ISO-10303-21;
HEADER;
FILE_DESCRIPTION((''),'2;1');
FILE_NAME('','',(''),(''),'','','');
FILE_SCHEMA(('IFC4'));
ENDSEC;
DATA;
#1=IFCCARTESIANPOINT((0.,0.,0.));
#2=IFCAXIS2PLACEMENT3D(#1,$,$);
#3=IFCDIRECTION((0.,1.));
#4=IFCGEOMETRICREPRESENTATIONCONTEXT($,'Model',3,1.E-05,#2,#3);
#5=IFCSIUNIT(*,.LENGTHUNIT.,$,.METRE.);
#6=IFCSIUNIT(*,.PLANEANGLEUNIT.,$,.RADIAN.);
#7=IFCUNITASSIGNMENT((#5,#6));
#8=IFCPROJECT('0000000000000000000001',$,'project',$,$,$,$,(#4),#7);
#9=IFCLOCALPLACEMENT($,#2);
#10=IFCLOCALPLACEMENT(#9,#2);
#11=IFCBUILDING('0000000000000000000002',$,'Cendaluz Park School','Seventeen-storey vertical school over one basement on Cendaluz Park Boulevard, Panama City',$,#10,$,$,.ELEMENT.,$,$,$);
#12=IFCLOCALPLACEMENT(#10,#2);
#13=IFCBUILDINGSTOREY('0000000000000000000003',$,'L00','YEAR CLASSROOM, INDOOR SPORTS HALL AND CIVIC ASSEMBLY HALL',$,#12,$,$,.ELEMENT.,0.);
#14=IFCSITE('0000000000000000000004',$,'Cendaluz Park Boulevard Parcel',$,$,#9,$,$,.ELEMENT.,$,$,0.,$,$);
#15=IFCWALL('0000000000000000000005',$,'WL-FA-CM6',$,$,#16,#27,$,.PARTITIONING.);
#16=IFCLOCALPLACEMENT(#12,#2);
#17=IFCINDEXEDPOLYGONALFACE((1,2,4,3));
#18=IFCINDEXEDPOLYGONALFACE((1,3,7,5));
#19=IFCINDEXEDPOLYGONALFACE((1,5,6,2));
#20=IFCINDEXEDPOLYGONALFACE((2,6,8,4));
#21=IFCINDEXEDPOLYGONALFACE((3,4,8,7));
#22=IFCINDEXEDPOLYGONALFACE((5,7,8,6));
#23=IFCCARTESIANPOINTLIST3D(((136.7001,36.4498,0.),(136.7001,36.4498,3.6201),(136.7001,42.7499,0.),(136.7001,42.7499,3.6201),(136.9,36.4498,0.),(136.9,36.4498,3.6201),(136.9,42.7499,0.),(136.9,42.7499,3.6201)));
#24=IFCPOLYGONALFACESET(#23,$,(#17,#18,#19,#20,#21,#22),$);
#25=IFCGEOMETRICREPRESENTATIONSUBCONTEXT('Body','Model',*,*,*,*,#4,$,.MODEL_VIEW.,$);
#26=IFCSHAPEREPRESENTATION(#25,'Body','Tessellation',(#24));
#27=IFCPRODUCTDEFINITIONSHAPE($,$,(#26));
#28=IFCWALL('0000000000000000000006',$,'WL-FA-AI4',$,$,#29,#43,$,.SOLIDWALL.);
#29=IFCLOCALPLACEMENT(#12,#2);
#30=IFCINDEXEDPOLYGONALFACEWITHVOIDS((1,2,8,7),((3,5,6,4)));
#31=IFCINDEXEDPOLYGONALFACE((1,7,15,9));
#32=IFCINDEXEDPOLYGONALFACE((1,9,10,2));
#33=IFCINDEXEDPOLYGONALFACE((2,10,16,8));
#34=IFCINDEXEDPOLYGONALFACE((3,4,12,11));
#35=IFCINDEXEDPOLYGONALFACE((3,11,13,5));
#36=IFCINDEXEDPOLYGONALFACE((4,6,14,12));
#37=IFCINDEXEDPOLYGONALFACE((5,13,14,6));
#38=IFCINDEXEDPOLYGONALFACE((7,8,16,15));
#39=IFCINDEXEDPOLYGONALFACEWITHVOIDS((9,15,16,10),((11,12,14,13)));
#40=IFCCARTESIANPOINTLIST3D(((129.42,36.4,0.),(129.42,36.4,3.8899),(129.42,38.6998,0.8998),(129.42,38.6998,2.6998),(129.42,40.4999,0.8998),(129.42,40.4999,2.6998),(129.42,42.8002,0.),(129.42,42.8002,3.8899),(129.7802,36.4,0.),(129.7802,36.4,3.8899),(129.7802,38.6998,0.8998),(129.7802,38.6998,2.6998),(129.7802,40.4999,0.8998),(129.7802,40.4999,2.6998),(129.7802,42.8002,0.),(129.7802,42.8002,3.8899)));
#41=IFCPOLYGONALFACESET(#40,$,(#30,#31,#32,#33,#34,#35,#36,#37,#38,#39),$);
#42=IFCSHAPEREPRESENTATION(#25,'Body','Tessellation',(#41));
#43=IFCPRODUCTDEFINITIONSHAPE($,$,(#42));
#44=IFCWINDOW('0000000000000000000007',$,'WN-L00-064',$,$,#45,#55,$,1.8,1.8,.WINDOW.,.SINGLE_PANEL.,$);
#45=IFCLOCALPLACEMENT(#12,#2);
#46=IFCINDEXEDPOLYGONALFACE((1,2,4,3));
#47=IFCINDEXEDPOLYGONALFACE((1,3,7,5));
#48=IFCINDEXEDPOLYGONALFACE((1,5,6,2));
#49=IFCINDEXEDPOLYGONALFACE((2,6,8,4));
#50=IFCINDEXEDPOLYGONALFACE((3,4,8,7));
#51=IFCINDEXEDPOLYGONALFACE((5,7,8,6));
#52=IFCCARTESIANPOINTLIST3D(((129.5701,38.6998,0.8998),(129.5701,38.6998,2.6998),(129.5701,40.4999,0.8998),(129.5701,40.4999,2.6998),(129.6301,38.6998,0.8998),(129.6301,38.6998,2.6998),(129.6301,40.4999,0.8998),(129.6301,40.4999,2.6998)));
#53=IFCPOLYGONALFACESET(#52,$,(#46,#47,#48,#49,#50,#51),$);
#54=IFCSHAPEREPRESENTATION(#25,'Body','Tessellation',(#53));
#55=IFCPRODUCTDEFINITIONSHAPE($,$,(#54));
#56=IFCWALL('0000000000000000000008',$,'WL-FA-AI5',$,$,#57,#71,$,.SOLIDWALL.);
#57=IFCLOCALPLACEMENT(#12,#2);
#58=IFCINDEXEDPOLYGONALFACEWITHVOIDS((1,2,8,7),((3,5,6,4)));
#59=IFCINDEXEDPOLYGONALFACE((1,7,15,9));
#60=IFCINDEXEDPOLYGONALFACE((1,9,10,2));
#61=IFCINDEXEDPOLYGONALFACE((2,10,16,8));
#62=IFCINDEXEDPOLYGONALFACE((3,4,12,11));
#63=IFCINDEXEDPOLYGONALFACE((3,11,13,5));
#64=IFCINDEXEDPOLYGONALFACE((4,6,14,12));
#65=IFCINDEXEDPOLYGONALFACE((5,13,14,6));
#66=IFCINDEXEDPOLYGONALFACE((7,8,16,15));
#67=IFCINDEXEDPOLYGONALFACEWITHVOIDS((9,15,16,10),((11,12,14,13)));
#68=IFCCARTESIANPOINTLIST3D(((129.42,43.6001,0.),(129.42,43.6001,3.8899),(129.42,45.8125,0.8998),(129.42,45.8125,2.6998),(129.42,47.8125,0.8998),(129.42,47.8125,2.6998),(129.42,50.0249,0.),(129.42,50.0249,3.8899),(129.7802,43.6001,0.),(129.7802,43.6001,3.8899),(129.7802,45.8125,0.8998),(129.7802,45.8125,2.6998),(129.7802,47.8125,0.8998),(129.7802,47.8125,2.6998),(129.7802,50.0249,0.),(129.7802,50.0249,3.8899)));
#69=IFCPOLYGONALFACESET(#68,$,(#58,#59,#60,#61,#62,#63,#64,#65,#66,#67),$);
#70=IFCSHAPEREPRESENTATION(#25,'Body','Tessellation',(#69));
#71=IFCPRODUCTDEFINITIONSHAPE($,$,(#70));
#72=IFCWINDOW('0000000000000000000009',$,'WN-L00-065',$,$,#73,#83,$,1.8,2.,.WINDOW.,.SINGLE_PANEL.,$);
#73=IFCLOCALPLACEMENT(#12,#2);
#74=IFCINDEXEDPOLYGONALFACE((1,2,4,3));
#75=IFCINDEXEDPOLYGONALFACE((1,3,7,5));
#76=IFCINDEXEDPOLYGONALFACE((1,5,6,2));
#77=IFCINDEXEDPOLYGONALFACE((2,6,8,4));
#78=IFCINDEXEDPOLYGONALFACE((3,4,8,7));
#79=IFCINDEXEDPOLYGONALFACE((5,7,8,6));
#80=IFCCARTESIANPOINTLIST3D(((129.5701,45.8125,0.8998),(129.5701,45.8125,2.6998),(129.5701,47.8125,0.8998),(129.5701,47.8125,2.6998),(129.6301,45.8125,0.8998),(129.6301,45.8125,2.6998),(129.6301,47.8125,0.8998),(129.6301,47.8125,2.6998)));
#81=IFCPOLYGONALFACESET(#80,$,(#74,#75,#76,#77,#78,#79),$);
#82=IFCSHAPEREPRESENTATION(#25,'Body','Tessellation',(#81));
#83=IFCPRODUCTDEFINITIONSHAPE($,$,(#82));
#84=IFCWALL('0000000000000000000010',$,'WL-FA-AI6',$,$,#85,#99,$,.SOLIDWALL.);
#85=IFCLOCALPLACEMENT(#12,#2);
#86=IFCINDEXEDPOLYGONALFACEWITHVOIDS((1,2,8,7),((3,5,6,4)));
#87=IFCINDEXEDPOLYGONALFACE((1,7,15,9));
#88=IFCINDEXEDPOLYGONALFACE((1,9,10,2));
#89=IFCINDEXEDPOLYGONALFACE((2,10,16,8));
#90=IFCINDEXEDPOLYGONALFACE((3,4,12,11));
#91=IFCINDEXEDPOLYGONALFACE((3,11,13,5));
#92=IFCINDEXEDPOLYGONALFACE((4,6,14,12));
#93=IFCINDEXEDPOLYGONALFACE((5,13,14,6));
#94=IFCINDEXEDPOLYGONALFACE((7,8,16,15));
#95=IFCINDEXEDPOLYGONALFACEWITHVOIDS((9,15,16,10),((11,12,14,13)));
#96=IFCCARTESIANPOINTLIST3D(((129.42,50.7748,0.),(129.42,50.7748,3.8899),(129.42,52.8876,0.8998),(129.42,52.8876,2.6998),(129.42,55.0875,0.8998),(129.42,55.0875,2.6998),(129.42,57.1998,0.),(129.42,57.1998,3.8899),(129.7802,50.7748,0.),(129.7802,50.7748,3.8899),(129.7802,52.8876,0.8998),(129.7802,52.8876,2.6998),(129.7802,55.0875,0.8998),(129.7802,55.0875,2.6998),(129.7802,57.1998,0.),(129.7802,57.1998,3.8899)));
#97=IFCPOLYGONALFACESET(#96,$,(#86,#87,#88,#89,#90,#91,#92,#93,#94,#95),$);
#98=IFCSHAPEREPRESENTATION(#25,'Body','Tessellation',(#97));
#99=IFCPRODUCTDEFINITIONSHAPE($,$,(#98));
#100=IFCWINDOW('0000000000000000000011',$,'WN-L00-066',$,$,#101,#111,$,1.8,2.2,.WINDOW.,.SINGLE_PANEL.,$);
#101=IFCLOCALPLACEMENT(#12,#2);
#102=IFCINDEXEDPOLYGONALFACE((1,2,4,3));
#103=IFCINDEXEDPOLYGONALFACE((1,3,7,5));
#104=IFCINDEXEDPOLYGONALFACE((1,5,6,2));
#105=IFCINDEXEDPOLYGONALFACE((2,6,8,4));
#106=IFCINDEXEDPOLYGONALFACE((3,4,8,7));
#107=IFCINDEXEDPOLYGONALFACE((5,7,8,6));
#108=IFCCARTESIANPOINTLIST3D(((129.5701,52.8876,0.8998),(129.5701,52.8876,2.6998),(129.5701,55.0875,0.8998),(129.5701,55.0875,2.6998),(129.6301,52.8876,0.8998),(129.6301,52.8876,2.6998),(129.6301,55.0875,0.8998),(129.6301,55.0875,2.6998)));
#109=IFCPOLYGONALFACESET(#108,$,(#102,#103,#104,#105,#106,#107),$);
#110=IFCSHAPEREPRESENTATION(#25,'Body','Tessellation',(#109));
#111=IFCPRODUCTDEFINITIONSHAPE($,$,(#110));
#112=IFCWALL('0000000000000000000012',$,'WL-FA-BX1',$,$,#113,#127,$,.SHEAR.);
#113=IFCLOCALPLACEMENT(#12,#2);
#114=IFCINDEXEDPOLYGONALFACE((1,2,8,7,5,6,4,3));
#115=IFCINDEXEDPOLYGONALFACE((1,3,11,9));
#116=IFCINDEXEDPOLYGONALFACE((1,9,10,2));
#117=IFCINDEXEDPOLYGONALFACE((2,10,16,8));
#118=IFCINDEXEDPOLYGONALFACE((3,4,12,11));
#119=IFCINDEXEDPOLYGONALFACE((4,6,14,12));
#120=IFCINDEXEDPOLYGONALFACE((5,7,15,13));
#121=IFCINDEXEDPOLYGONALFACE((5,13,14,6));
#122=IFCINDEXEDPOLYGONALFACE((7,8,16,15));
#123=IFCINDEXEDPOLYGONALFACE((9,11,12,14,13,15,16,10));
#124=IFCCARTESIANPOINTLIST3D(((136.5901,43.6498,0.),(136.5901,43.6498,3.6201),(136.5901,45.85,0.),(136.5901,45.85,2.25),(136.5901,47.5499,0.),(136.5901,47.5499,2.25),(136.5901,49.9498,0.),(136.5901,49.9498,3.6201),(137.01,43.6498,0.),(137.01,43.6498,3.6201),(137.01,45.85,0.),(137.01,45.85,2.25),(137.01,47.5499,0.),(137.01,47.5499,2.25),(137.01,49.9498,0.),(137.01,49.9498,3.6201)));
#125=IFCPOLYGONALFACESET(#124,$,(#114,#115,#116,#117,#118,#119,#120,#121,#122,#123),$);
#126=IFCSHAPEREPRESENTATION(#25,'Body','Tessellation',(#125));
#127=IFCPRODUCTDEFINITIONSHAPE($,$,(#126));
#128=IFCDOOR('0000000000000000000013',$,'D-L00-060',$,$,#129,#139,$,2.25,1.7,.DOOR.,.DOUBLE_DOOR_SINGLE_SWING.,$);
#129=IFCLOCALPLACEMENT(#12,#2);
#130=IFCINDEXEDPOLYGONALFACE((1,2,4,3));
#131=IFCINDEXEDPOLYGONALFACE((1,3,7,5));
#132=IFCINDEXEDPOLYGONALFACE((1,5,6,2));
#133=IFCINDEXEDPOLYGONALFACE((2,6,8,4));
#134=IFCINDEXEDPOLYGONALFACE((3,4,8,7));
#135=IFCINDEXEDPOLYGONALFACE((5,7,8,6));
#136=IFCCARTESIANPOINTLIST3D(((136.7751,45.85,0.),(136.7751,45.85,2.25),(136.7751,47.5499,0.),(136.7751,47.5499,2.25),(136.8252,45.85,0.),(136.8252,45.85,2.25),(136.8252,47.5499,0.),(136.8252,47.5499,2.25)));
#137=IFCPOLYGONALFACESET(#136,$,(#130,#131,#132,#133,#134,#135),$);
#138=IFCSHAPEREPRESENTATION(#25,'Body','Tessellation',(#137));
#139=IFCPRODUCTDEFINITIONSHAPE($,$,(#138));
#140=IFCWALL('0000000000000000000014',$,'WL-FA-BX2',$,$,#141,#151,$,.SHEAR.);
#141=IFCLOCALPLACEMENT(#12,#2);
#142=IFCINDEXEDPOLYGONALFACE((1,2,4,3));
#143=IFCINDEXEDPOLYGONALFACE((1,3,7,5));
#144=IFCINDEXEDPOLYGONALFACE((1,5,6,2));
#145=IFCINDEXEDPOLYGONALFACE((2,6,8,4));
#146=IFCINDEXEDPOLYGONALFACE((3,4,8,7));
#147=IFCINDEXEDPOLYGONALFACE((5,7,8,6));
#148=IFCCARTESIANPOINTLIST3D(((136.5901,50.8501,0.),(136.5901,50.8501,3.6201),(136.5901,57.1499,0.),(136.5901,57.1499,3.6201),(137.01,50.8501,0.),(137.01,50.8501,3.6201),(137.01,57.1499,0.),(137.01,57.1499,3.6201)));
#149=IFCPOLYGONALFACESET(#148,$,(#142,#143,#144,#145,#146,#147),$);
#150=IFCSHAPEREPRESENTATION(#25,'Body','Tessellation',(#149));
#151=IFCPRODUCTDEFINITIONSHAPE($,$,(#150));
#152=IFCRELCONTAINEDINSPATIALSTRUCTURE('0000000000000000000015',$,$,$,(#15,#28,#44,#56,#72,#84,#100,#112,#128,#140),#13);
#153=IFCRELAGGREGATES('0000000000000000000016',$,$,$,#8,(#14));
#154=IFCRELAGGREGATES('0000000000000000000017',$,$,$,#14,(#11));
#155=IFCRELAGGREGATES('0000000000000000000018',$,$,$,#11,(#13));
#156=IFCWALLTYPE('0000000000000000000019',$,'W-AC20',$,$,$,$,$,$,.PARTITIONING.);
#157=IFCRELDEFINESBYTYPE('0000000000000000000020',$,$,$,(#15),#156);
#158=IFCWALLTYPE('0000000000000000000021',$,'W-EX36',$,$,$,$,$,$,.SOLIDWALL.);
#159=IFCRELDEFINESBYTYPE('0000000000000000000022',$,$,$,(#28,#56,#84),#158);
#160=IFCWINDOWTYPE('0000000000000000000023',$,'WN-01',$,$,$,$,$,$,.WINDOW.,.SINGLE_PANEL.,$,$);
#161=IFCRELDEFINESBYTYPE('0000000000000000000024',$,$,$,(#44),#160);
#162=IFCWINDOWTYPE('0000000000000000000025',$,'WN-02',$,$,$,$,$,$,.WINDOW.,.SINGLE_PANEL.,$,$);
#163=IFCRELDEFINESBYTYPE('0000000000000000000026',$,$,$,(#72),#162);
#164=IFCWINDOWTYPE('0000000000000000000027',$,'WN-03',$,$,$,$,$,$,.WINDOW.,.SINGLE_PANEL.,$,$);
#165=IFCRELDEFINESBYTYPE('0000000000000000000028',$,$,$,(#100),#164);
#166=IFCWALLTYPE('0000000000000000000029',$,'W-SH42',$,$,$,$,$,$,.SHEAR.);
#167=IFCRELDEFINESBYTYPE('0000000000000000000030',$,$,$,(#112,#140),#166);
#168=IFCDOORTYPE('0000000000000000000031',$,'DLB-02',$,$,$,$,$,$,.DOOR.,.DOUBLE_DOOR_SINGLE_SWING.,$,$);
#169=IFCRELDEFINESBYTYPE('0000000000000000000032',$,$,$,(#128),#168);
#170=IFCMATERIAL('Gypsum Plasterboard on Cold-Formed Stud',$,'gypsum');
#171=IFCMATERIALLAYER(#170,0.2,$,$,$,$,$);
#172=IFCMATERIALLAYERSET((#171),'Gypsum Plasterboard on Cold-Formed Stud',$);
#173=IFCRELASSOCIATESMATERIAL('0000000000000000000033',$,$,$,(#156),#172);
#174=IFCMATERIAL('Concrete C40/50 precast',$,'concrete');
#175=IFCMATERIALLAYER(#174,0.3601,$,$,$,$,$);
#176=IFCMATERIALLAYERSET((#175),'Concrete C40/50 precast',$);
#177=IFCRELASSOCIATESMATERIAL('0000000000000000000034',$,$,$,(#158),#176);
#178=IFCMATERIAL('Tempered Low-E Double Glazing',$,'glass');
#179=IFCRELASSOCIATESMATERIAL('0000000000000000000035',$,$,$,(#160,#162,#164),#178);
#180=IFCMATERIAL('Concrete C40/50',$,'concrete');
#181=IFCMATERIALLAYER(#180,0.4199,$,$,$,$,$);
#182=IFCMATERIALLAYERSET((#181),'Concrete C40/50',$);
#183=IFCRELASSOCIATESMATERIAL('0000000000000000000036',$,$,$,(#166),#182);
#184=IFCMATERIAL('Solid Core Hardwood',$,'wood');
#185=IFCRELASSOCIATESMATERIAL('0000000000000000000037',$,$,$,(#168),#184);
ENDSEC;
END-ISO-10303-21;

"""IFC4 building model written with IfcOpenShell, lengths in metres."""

from ifc_helpers import new_model, si_unit, direction, frame, frame_2d, origin, place, context, subcontext, project, spatial, rectangle, extrude, material, layer, layer_set, type_object, element, fill, save


model = new_model("IFC4")

# Units and contexts
model_context = context("Model", 3, precision=1e-05, world=origin(), true_north=direction((0.0, 1.0)))
body_context = subcontext(model_context, "Body", "Model", "MODEL_VIEW")
ifc_project = project(units=[si_unit("LENGTHUNIT", "METRE"), si_unit("PLANEANGLEUNIT", "RADIAN")], contexts=[model_context])

# Site, building, storey
site_placement = place(None, origin())
site = spatial("IfcSite", under=ifc_project, at=site_placement, Name="Cendaluz Park Boulevard Parcel", CompositionType="ELEMENT", RefElevation=0.0)
building_placement = place(site_placement, origin())
building = spatial("IfcBuilding", under=site, at=building_placement, Name="Cendaluz Park School", Description="Seventeen-storey vertical school over one basement on Cendaluz Park Boulevard, Panama City", CompositionType="ELEMENT")
storey_placement = place(building_placement, origin())
storey = spatial("IfcBuildingStorey", under=building, at=storey_placement, Name="L00", Description="YEAR CLASSROOM, INDOOR SPORTS HALL AND CIVIC ASSEMBLY HALL", CompositionType="ELEMENT", Elevation=0.0)

# Shared definitions
ifc_material_1 = material(Name="Concrete C40/50", Category="concrete")

# Wall
ifc_material_2 = material(Name="Gypsum Plasterboard on Cold-Formed Stud", Category="gypsum")
ifc_layer_1 = layer(ifc_material_2, 0.2)
ifc_layer_set_1 = layer_set([ifc_layer_1], Name="Gypsum Plasterboard on Cold-Formed Stud")
wall_type_1 = type_object("IfcWallType", Name="W-AC20", PredefinedType="PARTITIONING", material=ifc_layer_set_1)
wall_1_placement = place(storey_placement, frame((136.8, 36.45, 0.0), z_axis=(0.0, 0.0, 1.0), x_axis=(0.0, 1.0, 0.0)))
element("IfcWall", 1, at=wall_1_placement, inside=storey, type_object=wall_type_1, Name="WL-FA-CM6", PredefinedType="PARTITIONING", context=body_context, shape_type="SweptSolid", body=[
    extrude(rectangle(XDim=6.3, YDim=0.2, at=frame_2d((3.1499, 0.0))), origin(), (0.0, 0.0, 1.0), 3.6201),
])

# Walls, openings, windows
ifc_material_3 = material(Name="Concrete C40/50 precast", Category="concrete")
ifc_layer_2 = layer(ifc_material_3, 0.3601)
ifc_layer_set_2 = layer_set([ifc_layer_2], Name="Concrete C40/50 precast")
wall_type_2 = type_object("IfcWallType", Name="W-EX36", PredefinedType="SOLIDWALL", material=ifc_layer_set_2)
wall_2_placement = place(storey_placement, frame((129.6001, 36.3999, 0.0), z_axis=(0.0, 0.0, 1.0), x_axis=(0.0, 1.0, 0.0)))
wall_2 = element("IfcWall", 2, at=wall_2_placement, inside=storey, type_object=wall_type_2, Name="WL-FA-AI4", PredefinedType="SOLIDWALL", context=body_context, shape_type="SweptSolid", body=[
    extrude(rectangle(XDim=6.4001, YDim=0.3601, at=frame_2d((3.2002, 0.0))), origin(), (0.0, 0.0, 1.0), 3.8899),
])
opening_1_placement = place(wall_2_placement, frame((2.3, 0.0, 0.8999)))
opening_1 = element("IfcOpeningElement", 3, at=opening_1_placement, cuts=wall_2, PredefinedType="OPENING", context=body_context, shape_type="SweptSolid", body=[
    extrude(rectangle(XDim=1.8, YDim=1.8, at=frame_2d((0.8999, 0.8999))), frame((0.0, 0.1921, 0.0), z_axis=(0.0, -1.0, 0.0), x_axis=(1.0, 0.0, 0.0)), (0.0, 0.0, 1.0), 0.384),
])
ifc_material_4 = material(Name="Tempered Low-E Double Glazing", Category="glass")
window_type_1 = type_object("IfcWindowType", Name="WN-01", PartitioningType="SINGLE_PANEL", PredefinedType="WINDOW", material=ifc_material_4)
window_1_placement = place(opening_1_placement, origin())
window_1 = element("IfcWindow", 4, at=window_1_placement, inside=storey, type_object=window_type_1, Name="WN-L00-064", OverallHeight=1.8, OverallWidth=1.8, PartitioningType="SINGLE_PANEL", PredefinedType="WINDOW", context=body_context, shape_type="SweptSolid", body=[
    extrude(rectangle(XDim=1.8, YDim=1.8, at=frame_2d((0.8999, 0.8999))), frame((0.0, 0.03, 0.0), z_axis=(0.0, -1.0, 0.0), x_axis=(1.0, 0.0, 0.0)), (0.0, 0.0, 1.0), 0.0601),
])
fill(opening_1, window_1)
wall_3_placement = place(storey_placement, frame((129.6001, 43.6001, 0.0), z_axis=(0.0, 0.0, 1.0), x_axis=(0.0, 1.0, 0.0)))
wall_3 = element("IfcWall", 5, at=wall_3_placement, inside=storey, type_object=wall_type_2, Name="WL-FA-AI5", PredefinedType="SOLIDWALL", context=body_context, shape_type="SweptSolid", body=[
    extrude(rectangle(XDim=6.4248, YDim=0.3601, at=frame_2d((3.2124, 0.0))), origin(), (0.0, 0.0, 1.0), 3.8899),
])
opening_2_placement = place(wall_3_placement, frame((2.2124, 0.0, 0.8999)))
opening_2 = element("IfcOpeningElement", 6, at=opening_2_placement, cuts=wall_3, PredefinedType="OPENING", context=body_context, shape_type="SweptSolid", body=[
    extrude(rectangle(XDim=2.0, YDim=1.8, at=frame_2d((1.0, 0.8999))), frame((0.0, 0.1921, 0.0), z_axis=(0.0, -1.0, 0.0), x_axis=(1.0, 0.0, 0.0)), (0.0, 0.0, 1.0), 0.384),
])
window_type_2 = type_object("IfcWindowType", Name="WN-02", PartitioningType="SINGLE_PANEL", PredefinedType="WINDOW", material=ifc_material_4)
window_2_placement = place(opening_2_placement, origin())
window_2 = element("IfcWindow", 7, at=window_2_placement, inside=storey, type_object=window_type_2, Name="WN-L00-065", OverallHeight=1.8, OverallWidth=2.0, PartitioningType="SINGLE_PANEL", PredefinedType="WINDOW", context=body_context, shape_type="SweptSolid", body=[
    extrude(rectangle(XDim=2.0, YDim=1.8, at=frame_2d((1.0, 0.8999))), frame((0.0, 0.03, 0.0), z_axis=(0.0, -1.0, 0.0), x_axis=(1.0, 0.0, 0.0)), (0.0, 0.0, 1.0), 0.0601),
])
fill(opening_2, window_2)
wall_4_placement = place(storey_placement, frame((129.6001, 50.7749, 0.0), z_axis=(0.0, 0.0, 1.0), x_axis=(0.0, 1.0, 0.0)))
wall_4 = element("IfcWall", 8, at=wall_4_placement, inside=storey, type_object=wall_type_2, Name="WL-FA-AI6", PredefinedType="SOLIDWALL", context=body_context, shape_type="SweptSolid", body=[
    extrude(rectangle(XDim=6.425, YDim=0.3601, at=frame_2d((3.2124, 0.0))), origin(), (0.0, 0.0, 1.0), 3.8899),
])
opening_3_placement = place(wall_4_placement, frame((2.1125, 0.0, 0.8999)))
opening_3 = element("IfcOpeningElement", 9, at=opening_3_placement, cuts=wall_4, PredefinedType="OPENING", context=body_context, shape_type="SweptSolid", body=[
    extrude(rectangle(XDim=2.2, YDim=1.8, at=frame_2d((1.1001, 0.8999))), frame((0.0, 0.1921, 0.0), z_axis=(0.0, -1.0, 0.0), x_axis=(1.0, 0.0, 0.0)), (0.0, 0.0, 1.0), 0.384),
])
window_type_3 = type_object("IfcWindowType", Name="WN-03", PartitioningType="SINGLE_PANEL", PredefinedType="WINDOW", material=ifc_material_4)
window_3_placement = place(opening_3_placement, origin())
window_3 = element("IfcWindow", 10, at=window_3_placement, inside=storey, type_object=window_type_3, Name="WN-L00-066", OverallHeight=1.8, OverallWidth=2.2, PartitioningType="SINGLE_PANEL", PredefinedType="WINDOW", context=body_context, shape_type="SweptSolid", body=[
    extrude(rectangle(XDim=2.2, YDim=1.8, at=frame_2d((1.1001, 0.8999))), frame((0.0, 0.03, 0.0), z_axis=(0.0, -1.0, 0.0), x_axis=(1.0, 0.0, 0.0)), (0.0, 0.0, 1.0), 0.0601),
])
fill(opening_3, window_3)

# Wall, opening, door
ifc_layer_3 = layer(ifc_material_1, 0.4199)
ifc_layer_set_3 = layer_set([ifc_layer_3], Name="Concrete C40/50")
wall_type_3 = type_object("IfcWallType", Name="W-SH42", PredefinedType="SHEAR", material=ifc_layer_set_3)
wall_5_placement = place(storey_placement, frame((136.8, 43.6499, 0.0), z_axis=(0.0, 0.0, 1.0), x_axis=(0.0, 1.0, 0.0)))
wall_5 = element("IfcWall", 11, at=wall_5_placement, inside=storey, type_object=wall_type_3, Name="WL-FA-BX1", PredefinedType="SHEAR", context=body_context, shape_type="SweptSolid", body=[
    extrude(rectangle(XDim=6.3, YDim=0.4199, at=frame_2d((3.1499, 0.0))), origin(), (0.0, 0.0, 1.0), 3.6201),
])
opening_4_placement = place(wall_5_placement, frame((2.2, 0.0, 0.0)))
opening_4 = element("IfcOpeningElement", 12, at=opening_4_placement, cuts=wall_5, PredefinedType="OPENING", context=body_context, shape_type="SweptSolid", body=[
    extrude(rectangle(XDim=1.7, YDim=2.25, at=frame_2d((0.8501, 1.125))), frame((0.0, 0.2219, 0.0), z_axis=(0.0, -1.0, 0.0), x_axis=(1.0, 0.0, 0.0)), (0.0, 0.0, 1.0), 0.4438),
])
ifc_material_5 = material(Name="Solid Core Hardwood", Category="wood")
door_type = type_object("IfcDoorType", Name="DLB-02", OperationType="DOUBLE_DOOR_SINGLE_SWING", PredefinedType="DOOR", material=ifc_material_5)
door_placement = place(opening_4_placement, origin())
door = element("IfcDoor", 13, at=door_placement, inside=storey, type_object=door_type, Name="D-L00-060", OperationType="DOUBLE_DOOR_SINGLE_SWING", OverallHeight=2.25, OverallWidth=1.7, PredefinedType="DOOR", context=body_context, shape_type="SweptSolid", body=[
    extrude(rectangle(XDim=1.7, YDim=2.25, at=frame_2d((0.8501, 1.125))), frame((0.0, 0.0249, 0.0), z_axis=(0.0, -1.0, 0.0), x_axis=(1.0, 0.0, 0.0)), (0.0, 0.0, 1.0), 0.05),
])
fill(opening_4, door)

# Wall
wall_6_placement = place(storey_placement, frame((136.8, 50.8501, 0.0), z_axis=(0.0, 0.0, 1.0), x_axis=(0.0, 1.0, 0.0)))
element("IfcWall", 14, at=wall_6_placement, inside=storey, type_object=wall_type_3, Name="WL-FA-BX2", PredefinedType="SHEAR", context=body_context, shape_type="SweptSolid", body=[
    extrude(rectangle(XDim=6.2998, YDim=0.4199, at=frame_2d((3.1499, 0.0))), origin(), (0.0, 0.0, 1.0), 3.6201),
])

save(model, "model.ifc")
